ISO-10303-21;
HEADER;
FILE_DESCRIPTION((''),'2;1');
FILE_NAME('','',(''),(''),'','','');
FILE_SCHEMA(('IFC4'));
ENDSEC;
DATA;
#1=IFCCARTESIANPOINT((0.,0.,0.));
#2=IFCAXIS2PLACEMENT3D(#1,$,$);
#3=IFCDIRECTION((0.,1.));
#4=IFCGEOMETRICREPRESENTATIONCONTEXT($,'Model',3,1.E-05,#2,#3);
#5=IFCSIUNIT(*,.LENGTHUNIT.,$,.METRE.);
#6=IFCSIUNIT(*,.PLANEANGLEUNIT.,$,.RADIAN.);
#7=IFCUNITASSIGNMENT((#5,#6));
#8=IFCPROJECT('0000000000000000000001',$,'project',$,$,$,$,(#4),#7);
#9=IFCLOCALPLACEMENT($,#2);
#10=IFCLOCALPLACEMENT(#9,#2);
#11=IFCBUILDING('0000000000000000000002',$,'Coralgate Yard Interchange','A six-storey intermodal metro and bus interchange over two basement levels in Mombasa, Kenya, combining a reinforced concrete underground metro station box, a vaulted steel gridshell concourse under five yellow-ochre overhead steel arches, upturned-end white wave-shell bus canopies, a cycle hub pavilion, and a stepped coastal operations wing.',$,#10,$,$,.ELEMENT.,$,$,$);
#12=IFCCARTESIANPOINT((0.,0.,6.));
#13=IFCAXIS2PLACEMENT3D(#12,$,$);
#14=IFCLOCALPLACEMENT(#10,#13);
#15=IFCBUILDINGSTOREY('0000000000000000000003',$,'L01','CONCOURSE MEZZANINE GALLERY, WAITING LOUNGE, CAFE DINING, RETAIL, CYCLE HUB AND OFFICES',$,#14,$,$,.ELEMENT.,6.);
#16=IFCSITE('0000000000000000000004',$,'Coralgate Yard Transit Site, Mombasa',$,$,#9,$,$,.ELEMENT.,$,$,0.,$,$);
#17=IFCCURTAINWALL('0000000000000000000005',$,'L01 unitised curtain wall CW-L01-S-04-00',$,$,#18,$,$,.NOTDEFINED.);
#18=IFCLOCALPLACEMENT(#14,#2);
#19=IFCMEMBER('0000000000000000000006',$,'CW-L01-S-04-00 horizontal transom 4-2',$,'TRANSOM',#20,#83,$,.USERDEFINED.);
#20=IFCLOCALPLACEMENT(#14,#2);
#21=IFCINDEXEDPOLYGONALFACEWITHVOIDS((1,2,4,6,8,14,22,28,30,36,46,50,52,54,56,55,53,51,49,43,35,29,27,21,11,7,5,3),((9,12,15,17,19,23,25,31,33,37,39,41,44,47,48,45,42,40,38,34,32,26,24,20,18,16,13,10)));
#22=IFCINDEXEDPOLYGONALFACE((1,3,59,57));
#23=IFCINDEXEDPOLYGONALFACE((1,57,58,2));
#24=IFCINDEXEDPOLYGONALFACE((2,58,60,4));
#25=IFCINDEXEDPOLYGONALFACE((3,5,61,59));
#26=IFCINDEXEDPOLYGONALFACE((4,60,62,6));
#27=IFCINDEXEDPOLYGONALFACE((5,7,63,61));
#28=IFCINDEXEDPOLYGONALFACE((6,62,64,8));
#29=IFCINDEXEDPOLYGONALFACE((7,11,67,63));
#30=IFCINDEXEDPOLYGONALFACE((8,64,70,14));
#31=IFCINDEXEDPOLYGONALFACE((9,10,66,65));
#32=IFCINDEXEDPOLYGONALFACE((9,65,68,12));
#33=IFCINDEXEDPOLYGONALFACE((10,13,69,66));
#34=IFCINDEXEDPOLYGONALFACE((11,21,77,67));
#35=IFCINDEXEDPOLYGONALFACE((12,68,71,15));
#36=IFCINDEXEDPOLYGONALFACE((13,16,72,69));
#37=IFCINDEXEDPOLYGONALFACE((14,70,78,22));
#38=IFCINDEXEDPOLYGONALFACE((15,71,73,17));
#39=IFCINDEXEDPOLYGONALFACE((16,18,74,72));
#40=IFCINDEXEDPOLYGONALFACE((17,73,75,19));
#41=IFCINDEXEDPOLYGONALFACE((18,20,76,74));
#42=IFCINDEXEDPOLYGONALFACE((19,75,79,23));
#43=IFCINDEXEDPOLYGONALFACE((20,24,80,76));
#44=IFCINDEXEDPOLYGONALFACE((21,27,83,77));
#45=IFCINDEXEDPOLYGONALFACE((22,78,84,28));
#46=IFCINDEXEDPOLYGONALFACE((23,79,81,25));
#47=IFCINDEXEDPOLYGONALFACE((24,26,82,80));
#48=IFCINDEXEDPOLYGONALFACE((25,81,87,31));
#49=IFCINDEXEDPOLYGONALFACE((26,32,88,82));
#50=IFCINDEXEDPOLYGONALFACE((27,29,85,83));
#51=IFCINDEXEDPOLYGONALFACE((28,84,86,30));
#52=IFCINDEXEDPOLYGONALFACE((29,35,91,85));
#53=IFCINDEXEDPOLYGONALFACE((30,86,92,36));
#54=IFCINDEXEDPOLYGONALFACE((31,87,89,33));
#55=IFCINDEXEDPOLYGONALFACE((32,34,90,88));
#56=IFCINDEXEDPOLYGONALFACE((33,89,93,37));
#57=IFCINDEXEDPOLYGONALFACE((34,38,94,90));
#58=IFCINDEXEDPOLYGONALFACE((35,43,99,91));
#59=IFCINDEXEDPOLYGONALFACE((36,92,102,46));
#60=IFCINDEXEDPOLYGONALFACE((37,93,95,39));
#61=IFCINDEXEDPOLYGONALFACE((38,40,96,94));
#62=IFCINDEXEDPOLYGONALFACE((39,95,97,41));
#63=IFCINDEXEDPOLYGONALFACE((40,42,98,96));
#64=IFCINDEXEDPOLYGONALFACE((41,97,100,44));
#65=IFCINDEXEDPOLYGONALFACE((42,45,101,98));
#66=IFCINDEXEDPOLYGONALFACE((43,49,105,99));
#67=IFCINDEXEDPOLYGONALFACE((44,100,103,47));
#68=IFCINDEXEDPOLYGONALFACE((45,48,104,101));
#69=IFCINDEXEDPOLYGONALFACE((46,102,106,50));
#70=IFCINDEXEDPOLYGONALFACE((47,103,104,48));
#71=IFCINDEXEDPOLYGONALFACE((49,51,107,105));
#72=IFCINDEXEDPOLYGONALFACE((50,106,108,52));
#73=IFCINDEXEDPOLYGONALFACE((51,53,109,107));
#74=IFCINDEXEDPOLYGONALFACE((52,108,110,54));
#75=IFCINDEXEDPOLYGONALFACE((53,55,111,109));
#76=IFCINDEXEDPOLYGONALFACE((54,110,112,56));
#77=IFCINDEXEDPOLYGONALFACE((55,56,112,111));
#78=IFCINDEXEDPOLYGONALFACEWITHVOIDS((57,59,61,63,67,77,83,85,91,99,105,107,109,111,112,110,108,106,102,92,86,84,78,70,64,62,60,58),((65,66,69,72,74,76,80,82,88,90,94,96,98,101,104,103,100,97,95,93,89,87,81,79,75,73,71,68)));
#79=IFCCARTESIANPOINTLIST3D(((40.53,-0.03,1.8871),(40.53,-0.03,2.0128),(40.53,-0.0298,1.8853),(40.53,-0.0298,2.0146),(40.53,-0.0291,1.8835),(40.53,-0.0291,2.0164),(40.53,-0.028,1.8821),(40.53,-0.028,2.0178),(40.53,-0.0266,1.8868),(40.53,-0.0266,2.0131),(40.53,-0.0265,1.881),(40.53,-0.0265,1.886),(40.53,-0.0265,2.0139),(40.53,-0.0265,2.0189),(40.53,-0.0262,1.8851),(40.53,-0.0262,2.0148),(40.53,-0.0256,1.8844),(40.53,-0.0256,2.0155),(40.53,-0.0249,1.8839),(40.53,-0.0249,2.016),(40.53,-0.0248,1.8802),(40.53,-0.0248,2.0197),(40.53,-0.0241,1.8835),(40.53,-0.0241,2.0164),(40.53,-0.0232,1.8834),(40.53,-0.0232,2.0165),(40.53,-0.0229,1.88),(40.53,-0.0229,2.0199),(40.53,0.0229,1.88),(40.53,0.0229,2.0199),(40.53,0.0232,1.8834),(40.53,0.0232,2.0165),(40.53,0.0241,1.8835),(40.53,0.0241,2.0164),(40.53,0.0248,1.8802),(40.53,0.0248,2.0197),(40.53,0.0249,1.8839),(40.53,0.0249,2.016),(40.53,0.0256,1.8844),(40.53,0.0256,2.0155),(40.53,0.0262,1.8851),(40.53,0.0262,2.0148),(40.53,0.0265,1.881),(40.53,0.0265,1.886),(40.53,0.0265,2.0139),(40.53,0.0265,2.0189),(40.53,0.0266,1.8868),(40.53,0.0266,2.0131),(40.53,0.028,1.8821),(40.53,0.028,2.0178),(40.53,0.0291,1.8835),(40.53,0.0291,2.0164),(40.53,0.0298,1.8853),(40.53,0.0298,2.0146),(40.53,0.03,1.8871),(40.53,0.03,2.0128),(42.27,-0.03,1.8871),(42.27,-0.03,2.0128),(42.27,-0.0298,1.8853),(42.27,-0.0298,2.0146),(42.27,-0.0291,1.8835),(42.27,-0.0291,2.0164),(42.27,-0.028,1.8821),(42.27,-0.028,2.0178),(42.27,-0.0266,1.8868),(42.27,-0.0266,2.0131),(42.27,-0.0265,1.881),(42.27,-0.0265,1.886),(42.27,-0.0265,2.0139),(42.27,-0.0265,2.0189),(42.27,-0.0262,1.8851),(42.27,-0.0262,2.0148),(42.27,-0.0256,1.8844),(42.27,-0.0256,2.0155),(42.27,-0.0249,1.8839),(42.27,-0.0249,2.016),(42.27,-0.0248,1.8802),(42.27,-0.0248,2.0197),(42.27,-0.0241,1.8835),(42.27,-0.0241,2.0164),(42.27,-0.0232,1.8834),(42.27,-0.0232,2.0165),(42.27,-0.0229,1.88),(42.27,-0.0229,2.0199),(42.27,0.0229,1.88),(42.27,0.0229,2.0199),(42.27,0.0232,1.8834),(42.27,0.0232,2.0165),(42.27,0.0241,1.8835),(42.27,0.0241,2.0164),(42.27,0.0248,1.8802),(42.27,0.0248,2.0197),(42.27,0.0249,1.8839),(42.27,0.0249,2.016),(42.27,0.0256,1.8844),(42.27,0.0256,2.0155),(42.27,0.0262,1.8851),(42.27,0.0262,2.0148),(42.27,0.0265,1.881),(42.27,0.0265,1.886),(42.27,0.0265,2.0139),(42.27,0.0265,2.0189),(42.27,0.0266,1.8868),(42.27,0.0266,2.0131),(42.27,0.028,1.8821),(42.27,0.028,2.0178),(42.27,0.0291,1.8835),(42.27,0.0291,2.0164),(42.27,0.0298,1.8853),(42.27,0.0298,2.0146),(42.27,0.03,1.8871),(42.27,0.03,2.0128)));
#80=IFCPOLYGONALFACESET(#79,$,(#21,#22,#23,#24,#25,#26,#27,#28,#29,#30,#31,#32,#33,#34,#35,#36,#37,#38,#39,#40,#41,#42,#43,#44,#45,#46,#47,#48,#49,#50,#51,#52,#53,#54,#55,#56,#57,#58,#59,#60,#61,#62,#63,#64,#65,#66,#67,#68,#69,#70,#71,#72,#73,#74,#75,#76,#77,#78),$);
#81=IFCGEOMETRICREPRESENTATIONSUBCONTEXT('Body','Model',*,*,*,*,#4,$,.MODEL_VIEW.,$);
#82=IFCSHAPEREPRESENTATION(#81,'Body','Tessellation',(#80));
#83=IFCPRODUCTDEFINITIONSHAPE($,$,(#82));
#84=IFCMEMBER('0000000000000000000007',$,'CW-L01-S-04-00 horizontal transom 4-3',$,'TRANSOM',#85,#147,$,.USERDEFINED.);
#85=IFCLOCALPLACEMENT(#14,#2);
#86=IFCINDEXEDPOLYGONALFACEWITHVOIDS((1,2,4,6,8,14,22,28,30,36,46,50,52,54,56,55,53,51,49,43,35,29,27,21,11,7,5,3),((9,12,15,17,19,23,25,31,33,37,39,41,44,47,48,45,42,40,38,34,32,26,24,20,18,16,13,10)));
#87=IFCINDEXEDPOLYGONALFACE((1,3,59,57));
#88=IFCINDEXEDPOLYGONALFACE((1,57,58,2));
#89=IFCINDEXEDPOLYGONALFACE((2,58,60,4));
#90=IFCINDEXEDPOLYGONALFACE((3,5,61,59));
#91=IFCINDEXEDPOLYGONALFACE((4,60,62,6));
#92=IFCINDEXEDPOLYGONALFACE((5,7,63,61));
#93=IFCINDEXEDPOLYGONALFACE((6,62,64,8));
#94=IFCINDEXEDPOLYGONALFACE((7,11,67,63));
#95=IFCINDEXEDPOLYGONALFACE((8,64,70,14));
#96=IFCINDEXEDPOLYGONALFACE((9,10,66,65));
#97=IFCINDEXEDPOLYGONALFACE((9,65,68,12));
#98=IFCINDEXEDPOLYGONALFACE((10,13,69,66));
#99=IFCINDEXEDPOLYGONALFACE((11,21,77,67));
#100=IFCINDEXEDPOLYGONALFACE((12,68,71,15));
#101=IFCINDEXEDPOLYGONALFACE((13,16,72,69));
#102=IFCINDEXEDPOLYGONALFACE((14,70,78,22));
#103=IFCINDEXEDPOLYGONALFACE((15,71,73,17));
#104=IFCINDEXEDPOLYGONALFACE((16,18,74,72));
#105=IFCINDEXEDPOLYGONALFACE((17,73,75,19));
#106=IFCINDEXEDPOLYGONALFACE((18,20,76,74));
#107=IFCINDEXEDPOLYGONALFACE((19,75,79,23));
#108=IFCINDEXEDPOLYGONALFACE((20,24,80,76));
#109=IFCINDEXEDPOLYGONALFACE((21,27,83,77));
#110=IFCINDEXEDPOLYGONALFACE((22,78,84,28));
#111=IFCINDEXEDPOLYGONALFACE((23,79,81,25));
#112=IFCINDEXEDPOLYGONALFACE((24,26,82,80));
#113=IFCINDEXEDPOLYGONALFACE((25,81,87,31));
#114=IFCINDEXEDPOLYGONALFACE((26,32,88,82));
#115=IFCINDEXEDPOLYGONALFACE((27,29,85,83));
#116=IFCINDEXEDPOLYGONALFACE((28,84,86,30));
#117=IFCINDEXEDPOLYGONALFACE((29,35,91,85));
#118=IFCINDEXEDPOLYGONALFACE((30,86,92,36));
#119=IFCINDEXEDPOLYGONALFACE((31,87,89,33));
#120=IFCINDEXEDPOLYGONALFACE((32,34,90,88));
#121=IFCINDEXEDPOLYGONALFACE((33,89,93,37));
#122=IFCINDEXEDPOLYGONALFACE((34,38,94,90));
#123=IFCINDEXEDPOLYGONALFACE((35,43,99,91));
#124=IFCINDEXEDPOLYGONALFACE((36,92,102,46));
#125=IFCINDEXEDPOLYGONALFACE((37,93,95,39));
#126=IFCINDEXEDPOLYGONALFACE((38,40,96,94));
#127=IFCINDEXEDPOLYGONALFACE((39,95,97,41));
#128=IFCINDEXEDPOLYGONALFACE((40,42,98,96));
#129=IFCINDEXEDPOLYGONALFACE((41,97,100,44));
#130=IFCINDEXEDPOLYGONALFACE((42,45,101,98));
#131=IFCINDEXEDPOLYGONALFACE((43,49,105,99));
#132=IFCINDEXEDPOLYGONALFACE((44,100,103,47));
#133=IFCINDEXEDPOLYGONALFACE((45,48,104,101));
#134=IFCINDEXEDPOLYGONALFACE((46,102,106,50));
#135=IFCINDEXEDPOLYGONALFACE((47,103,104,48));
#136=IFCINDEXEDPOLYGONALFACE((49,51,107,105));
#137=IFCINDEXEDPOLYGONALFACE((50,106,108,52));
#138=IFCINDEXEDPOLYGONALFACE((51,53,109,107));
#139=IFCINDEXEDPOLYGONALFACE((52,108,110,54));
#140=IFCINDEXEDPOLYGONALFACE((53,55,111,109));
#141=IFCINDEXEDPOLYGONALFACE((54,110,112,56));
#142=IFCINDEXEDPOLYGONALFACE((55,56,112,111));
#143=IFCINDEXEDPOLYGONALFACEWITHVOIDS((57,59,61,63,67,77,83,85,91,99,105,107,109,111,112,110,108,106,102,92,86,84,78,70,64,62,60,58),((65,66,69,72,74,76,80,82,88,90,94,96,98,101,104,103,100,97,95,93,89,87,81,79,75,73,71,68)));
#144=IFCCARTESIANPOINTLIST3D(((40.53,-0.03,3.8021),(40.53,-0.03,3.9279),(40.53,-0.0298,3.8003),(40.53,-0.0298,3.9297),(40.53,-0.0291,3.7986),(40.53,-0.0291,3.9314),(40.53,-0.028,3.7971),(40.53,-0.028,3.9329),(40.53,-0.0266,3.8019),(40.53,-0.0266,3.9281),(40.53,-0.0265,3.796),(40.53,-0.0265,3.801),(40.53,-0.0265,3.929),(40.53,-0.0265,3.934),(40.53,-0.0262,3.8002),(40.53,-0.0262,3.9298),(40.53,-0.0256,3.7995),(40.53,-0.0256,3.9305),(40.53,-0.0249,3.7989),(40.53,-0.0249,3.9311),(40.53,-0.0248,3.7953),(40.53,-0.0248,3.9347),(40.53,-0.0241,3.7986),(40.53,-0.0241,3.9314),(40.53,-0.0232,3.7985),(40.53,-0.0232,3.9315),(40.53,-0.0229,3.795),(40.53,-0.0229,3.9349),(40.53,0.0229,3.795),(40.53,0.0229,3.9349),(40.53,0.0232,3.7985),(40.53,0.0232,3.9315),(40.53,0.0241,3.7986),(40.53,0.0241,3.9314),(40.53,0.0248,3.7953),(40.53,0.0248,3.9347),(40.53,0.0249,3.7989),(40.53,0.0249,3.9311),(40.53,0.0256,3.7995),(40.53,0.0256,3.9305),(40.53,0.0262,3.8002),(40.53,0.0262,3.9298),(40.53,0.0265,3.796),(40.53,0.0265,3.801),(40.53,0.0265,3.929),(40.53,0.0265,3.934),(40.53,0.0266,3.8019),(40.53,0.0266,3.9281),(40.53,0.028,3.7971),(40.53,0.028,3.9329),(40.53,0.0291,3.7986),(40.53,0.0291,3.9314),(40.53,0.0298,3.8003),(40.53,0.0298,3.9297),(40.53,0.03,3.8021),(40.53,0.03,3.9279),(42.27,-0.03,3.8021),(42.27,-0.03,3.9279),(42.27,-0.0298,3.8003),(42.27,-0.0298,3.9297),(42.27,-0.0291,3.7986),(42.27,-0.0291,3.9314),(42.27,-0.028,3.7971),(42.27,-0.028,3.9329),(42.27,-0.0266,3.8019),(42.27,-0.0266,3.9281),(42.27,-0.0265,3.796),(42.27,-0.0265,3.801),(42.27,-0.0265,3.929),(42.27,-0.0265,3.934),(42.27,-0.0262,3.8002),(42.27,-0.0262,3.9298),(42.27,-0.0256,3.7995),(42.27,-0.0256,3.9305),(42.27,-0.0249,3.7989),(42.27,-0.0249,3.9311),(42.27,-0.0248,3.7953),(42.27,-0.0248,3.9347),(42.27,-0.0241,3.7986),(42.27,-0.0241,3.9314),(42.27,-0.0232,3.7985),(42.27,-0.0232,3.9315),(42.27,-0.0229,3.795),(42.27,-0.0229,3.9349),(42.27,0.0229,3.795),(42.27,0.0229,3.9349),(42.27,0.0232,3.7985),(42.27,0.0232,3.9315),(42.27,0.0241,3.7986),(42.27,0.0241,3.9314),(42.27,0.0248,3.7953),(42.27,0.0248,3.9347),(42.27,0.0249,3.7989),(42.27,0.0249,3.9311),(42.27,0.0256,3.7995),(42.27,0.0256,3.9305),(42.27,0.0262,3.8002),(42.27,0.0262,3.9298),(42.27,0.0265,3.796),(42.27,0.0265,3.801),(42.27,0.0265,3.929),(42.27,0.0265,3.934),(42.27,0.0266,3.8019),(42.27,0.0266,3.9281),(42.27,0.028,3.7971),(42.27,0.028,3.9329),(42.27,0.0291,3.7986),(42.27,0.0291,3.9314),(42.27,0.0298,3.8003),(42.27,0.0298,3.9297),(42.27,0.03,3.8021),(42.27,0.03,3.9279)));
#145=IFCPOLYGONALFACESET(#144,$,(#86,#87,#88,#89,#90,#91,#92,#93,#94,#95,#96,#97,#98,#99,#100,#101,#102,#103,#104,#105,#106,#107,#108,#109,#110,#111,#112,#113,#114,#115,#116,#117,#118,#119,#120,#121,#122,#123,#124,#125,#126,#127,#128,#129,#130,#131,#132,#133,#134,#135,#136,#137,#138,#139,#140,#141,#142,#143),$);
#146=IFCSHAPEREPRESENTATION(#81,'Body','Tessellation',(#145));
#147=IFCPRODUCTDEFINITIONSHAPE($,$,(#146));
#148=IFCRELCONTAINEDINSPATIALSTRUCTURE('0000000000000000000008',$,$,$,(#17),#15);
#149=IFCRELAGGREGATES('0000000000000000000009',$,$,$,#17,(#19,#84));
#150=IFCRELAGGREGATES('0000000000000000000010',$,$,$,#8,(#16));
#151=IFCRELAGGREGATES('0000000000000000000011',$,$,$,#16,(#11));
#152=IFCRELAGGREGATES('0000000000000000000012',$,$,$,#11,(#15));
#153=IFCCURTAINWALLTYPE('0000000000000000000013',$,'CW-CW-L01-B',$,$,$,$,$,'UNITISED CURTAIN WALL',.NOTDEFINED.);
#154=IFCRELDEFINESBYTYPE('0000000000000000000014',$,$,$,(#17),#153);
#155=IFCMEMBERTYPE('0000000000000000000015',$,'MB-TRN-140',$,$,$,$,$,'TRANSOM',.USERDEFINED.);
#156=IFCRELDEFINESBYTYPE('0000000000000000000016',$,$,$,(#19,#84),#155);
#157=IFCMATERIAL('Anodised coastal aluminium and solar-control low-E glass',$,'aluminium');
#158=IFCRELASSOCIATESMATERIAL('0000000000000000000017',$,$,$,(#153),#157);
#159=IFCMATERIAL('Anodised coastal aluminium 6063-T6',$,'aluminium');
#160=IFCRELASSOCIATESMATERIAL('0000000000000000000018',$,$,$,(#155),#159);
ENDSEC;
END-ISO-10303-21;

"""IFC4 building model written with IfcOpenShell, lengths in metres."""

from ifc_helpers import new_model, si_unit, direction, frame, origin, origin_2d, place, context, subcontext, project, spatial, hollow_rectangle, extrude, material, material_profile, profile_set, type_object, element, aggregate, save


model = new_model("IFC4")

# Units and contexts
model_context = context("Model", 3, precision=1e-05, world=origin(), true_north=direction((0.0, 1.0)))
body_context = subcontext(model_context, "Body", "Model", "MODEL_VIEW")
ifc_project = project(units=[si_unit("LENGTHUNIT", "METRE"), si_unit("PLANEANGLEUNIT", "RADIAN")], contexts=[model_context])

# Site, building, storey
site_placement = place(None, origin())
site = spatial("IfcSite", under=ifc_project, at=site_placement, Name="Coralgate Yard Transit Site, Mombasa", CompositionType="ELEMENT", RefElevation=0.0)
building_placement = place(site_placement, origin())
building = spatial("IfcBuilding", under=site, at=building_placement, Name="Coralgate Yard Interchange", Description="A six-storey intermodal metro and bus interchange over two basement levels in Mombasa, Kenya, combining a reinforced concrete underground metro station box, a vaulted steel gridshell concourse under five yellow-ochre overhead steel arches, upturned-end white wave-shell bus canopies, a cycle hub pavilion, and a stepped coastal operations wing.", CompositionType="ELEMENT")
storey_placement = place(building_placement, frame((0.0, 0.0, 6.0)))
storey = spatial("IfcBuildingStorey", under=building, at=storey_placement, Name="L01", Description="CONCOURSE MEZZANINE GALLERY, WAITING LOUNGE, CAFE DINING, RETAIL, CYCLE HUB AND OFFICES", CompositionType="ELEMENT", Elevation=6.0)

# Curtain wall, members
ifc_material_1 = material(Name="Anodised coastal aluminium and solar-control low-E glass", Category="aluminium")
curtain_wall_type = type_object("IfcCurtainWallType", Name="CW-CW-L01-B", ElementType="UNITISED CURTAIN WALL", PredefinedType="NOTDEFINED", material=ifc_material_1)
curtain_wall_placement = place(storey_placement, origin())
curtain_wall = element("IfcCurtainWall", 1, at=curtain_wall_placement, inside=storey, type_object=curtain_wall_type, Name="L01 unitised curtain wall CW-L01-S-04-00", PredefinedType="NOTDEFINED")
ifc_material_2 = material(Name="Anodised coastal aluminium 6063-T6", Category="aluminium")
ifc_material_profile_1 = material_profile(ifc_material_2, hollow_rectangle(XDim=0.0601, YDim=0.1399, WallThickness=0.0034, InnerFilletRadius=0.0034, OuterFilletRadius=0.0071, at=origin_2d()), Name="ALU 60x140x3.5")
ifc_profile_set_1 = profile_set([ifc_material_profile_1], Name="Anodised coastal aluminium 6063-T6")
member_type_1 = type_object("IfcMemberType", Name="MB-TRN-140", ElementType="TRANSOM", PredefinedType="USERDEFINED", material=ifc_profile_set_1)
member_1_placement = place(storey_placement, frame((42.27, 0.0, 1.95), z_axis=(-1.0, 0.0, 0.0), x_axis=(0.0, -1.0, 0.0)))
member_1 = element("IfcMember", 2, at=member_1_placement, type_object=member_type_1, Name="CW-L01-S-04-00 horizontal transom 4-2", ObjectType="TRANSOM", PredefinedType="USERDEFINED", context=body_context, shape_type="SweptSolid", body=[
    extrude(hollow_rectangle(XDim=0.0601, YDim=0.1399, WallThickness=0.0034, InnerFilletRadius=0.0034, OuterFilletRadius=0.0071, at=origin_2d()), origin(), (0.0, 0.0, 1.0), 1.74),
])
member_2_placement = place(storey_placement, frame((42.27, 0.0, 3.865), z_axis=(-1.0, 0.0, 0.0), x_axis=(0.0, -1.0, 0.0)))
member_2 = element("IfcMember", 3, at=member_2_placement, type_object=member_type_1, Name="CW-L01-S-04-00 horizontal transom 4-3", ObjectType="TRANSOM", PredefinedType="USERDEFINED", context=body_context, shape_type="SweptSolid", body=[
    extrude(hollow_rectangle(XDim=0.0601, YDim=0.1399, WallThickness=0.0034, InnerFilletRadius=0.0034, OuterFilletRadius=0.0071, at=origin_2d()), origin(), (0.0, 0.0, 1.0), 1.74),
])
aggregate(curtain_wall, [member_1, member_2])

save(model, "model.ifc")
